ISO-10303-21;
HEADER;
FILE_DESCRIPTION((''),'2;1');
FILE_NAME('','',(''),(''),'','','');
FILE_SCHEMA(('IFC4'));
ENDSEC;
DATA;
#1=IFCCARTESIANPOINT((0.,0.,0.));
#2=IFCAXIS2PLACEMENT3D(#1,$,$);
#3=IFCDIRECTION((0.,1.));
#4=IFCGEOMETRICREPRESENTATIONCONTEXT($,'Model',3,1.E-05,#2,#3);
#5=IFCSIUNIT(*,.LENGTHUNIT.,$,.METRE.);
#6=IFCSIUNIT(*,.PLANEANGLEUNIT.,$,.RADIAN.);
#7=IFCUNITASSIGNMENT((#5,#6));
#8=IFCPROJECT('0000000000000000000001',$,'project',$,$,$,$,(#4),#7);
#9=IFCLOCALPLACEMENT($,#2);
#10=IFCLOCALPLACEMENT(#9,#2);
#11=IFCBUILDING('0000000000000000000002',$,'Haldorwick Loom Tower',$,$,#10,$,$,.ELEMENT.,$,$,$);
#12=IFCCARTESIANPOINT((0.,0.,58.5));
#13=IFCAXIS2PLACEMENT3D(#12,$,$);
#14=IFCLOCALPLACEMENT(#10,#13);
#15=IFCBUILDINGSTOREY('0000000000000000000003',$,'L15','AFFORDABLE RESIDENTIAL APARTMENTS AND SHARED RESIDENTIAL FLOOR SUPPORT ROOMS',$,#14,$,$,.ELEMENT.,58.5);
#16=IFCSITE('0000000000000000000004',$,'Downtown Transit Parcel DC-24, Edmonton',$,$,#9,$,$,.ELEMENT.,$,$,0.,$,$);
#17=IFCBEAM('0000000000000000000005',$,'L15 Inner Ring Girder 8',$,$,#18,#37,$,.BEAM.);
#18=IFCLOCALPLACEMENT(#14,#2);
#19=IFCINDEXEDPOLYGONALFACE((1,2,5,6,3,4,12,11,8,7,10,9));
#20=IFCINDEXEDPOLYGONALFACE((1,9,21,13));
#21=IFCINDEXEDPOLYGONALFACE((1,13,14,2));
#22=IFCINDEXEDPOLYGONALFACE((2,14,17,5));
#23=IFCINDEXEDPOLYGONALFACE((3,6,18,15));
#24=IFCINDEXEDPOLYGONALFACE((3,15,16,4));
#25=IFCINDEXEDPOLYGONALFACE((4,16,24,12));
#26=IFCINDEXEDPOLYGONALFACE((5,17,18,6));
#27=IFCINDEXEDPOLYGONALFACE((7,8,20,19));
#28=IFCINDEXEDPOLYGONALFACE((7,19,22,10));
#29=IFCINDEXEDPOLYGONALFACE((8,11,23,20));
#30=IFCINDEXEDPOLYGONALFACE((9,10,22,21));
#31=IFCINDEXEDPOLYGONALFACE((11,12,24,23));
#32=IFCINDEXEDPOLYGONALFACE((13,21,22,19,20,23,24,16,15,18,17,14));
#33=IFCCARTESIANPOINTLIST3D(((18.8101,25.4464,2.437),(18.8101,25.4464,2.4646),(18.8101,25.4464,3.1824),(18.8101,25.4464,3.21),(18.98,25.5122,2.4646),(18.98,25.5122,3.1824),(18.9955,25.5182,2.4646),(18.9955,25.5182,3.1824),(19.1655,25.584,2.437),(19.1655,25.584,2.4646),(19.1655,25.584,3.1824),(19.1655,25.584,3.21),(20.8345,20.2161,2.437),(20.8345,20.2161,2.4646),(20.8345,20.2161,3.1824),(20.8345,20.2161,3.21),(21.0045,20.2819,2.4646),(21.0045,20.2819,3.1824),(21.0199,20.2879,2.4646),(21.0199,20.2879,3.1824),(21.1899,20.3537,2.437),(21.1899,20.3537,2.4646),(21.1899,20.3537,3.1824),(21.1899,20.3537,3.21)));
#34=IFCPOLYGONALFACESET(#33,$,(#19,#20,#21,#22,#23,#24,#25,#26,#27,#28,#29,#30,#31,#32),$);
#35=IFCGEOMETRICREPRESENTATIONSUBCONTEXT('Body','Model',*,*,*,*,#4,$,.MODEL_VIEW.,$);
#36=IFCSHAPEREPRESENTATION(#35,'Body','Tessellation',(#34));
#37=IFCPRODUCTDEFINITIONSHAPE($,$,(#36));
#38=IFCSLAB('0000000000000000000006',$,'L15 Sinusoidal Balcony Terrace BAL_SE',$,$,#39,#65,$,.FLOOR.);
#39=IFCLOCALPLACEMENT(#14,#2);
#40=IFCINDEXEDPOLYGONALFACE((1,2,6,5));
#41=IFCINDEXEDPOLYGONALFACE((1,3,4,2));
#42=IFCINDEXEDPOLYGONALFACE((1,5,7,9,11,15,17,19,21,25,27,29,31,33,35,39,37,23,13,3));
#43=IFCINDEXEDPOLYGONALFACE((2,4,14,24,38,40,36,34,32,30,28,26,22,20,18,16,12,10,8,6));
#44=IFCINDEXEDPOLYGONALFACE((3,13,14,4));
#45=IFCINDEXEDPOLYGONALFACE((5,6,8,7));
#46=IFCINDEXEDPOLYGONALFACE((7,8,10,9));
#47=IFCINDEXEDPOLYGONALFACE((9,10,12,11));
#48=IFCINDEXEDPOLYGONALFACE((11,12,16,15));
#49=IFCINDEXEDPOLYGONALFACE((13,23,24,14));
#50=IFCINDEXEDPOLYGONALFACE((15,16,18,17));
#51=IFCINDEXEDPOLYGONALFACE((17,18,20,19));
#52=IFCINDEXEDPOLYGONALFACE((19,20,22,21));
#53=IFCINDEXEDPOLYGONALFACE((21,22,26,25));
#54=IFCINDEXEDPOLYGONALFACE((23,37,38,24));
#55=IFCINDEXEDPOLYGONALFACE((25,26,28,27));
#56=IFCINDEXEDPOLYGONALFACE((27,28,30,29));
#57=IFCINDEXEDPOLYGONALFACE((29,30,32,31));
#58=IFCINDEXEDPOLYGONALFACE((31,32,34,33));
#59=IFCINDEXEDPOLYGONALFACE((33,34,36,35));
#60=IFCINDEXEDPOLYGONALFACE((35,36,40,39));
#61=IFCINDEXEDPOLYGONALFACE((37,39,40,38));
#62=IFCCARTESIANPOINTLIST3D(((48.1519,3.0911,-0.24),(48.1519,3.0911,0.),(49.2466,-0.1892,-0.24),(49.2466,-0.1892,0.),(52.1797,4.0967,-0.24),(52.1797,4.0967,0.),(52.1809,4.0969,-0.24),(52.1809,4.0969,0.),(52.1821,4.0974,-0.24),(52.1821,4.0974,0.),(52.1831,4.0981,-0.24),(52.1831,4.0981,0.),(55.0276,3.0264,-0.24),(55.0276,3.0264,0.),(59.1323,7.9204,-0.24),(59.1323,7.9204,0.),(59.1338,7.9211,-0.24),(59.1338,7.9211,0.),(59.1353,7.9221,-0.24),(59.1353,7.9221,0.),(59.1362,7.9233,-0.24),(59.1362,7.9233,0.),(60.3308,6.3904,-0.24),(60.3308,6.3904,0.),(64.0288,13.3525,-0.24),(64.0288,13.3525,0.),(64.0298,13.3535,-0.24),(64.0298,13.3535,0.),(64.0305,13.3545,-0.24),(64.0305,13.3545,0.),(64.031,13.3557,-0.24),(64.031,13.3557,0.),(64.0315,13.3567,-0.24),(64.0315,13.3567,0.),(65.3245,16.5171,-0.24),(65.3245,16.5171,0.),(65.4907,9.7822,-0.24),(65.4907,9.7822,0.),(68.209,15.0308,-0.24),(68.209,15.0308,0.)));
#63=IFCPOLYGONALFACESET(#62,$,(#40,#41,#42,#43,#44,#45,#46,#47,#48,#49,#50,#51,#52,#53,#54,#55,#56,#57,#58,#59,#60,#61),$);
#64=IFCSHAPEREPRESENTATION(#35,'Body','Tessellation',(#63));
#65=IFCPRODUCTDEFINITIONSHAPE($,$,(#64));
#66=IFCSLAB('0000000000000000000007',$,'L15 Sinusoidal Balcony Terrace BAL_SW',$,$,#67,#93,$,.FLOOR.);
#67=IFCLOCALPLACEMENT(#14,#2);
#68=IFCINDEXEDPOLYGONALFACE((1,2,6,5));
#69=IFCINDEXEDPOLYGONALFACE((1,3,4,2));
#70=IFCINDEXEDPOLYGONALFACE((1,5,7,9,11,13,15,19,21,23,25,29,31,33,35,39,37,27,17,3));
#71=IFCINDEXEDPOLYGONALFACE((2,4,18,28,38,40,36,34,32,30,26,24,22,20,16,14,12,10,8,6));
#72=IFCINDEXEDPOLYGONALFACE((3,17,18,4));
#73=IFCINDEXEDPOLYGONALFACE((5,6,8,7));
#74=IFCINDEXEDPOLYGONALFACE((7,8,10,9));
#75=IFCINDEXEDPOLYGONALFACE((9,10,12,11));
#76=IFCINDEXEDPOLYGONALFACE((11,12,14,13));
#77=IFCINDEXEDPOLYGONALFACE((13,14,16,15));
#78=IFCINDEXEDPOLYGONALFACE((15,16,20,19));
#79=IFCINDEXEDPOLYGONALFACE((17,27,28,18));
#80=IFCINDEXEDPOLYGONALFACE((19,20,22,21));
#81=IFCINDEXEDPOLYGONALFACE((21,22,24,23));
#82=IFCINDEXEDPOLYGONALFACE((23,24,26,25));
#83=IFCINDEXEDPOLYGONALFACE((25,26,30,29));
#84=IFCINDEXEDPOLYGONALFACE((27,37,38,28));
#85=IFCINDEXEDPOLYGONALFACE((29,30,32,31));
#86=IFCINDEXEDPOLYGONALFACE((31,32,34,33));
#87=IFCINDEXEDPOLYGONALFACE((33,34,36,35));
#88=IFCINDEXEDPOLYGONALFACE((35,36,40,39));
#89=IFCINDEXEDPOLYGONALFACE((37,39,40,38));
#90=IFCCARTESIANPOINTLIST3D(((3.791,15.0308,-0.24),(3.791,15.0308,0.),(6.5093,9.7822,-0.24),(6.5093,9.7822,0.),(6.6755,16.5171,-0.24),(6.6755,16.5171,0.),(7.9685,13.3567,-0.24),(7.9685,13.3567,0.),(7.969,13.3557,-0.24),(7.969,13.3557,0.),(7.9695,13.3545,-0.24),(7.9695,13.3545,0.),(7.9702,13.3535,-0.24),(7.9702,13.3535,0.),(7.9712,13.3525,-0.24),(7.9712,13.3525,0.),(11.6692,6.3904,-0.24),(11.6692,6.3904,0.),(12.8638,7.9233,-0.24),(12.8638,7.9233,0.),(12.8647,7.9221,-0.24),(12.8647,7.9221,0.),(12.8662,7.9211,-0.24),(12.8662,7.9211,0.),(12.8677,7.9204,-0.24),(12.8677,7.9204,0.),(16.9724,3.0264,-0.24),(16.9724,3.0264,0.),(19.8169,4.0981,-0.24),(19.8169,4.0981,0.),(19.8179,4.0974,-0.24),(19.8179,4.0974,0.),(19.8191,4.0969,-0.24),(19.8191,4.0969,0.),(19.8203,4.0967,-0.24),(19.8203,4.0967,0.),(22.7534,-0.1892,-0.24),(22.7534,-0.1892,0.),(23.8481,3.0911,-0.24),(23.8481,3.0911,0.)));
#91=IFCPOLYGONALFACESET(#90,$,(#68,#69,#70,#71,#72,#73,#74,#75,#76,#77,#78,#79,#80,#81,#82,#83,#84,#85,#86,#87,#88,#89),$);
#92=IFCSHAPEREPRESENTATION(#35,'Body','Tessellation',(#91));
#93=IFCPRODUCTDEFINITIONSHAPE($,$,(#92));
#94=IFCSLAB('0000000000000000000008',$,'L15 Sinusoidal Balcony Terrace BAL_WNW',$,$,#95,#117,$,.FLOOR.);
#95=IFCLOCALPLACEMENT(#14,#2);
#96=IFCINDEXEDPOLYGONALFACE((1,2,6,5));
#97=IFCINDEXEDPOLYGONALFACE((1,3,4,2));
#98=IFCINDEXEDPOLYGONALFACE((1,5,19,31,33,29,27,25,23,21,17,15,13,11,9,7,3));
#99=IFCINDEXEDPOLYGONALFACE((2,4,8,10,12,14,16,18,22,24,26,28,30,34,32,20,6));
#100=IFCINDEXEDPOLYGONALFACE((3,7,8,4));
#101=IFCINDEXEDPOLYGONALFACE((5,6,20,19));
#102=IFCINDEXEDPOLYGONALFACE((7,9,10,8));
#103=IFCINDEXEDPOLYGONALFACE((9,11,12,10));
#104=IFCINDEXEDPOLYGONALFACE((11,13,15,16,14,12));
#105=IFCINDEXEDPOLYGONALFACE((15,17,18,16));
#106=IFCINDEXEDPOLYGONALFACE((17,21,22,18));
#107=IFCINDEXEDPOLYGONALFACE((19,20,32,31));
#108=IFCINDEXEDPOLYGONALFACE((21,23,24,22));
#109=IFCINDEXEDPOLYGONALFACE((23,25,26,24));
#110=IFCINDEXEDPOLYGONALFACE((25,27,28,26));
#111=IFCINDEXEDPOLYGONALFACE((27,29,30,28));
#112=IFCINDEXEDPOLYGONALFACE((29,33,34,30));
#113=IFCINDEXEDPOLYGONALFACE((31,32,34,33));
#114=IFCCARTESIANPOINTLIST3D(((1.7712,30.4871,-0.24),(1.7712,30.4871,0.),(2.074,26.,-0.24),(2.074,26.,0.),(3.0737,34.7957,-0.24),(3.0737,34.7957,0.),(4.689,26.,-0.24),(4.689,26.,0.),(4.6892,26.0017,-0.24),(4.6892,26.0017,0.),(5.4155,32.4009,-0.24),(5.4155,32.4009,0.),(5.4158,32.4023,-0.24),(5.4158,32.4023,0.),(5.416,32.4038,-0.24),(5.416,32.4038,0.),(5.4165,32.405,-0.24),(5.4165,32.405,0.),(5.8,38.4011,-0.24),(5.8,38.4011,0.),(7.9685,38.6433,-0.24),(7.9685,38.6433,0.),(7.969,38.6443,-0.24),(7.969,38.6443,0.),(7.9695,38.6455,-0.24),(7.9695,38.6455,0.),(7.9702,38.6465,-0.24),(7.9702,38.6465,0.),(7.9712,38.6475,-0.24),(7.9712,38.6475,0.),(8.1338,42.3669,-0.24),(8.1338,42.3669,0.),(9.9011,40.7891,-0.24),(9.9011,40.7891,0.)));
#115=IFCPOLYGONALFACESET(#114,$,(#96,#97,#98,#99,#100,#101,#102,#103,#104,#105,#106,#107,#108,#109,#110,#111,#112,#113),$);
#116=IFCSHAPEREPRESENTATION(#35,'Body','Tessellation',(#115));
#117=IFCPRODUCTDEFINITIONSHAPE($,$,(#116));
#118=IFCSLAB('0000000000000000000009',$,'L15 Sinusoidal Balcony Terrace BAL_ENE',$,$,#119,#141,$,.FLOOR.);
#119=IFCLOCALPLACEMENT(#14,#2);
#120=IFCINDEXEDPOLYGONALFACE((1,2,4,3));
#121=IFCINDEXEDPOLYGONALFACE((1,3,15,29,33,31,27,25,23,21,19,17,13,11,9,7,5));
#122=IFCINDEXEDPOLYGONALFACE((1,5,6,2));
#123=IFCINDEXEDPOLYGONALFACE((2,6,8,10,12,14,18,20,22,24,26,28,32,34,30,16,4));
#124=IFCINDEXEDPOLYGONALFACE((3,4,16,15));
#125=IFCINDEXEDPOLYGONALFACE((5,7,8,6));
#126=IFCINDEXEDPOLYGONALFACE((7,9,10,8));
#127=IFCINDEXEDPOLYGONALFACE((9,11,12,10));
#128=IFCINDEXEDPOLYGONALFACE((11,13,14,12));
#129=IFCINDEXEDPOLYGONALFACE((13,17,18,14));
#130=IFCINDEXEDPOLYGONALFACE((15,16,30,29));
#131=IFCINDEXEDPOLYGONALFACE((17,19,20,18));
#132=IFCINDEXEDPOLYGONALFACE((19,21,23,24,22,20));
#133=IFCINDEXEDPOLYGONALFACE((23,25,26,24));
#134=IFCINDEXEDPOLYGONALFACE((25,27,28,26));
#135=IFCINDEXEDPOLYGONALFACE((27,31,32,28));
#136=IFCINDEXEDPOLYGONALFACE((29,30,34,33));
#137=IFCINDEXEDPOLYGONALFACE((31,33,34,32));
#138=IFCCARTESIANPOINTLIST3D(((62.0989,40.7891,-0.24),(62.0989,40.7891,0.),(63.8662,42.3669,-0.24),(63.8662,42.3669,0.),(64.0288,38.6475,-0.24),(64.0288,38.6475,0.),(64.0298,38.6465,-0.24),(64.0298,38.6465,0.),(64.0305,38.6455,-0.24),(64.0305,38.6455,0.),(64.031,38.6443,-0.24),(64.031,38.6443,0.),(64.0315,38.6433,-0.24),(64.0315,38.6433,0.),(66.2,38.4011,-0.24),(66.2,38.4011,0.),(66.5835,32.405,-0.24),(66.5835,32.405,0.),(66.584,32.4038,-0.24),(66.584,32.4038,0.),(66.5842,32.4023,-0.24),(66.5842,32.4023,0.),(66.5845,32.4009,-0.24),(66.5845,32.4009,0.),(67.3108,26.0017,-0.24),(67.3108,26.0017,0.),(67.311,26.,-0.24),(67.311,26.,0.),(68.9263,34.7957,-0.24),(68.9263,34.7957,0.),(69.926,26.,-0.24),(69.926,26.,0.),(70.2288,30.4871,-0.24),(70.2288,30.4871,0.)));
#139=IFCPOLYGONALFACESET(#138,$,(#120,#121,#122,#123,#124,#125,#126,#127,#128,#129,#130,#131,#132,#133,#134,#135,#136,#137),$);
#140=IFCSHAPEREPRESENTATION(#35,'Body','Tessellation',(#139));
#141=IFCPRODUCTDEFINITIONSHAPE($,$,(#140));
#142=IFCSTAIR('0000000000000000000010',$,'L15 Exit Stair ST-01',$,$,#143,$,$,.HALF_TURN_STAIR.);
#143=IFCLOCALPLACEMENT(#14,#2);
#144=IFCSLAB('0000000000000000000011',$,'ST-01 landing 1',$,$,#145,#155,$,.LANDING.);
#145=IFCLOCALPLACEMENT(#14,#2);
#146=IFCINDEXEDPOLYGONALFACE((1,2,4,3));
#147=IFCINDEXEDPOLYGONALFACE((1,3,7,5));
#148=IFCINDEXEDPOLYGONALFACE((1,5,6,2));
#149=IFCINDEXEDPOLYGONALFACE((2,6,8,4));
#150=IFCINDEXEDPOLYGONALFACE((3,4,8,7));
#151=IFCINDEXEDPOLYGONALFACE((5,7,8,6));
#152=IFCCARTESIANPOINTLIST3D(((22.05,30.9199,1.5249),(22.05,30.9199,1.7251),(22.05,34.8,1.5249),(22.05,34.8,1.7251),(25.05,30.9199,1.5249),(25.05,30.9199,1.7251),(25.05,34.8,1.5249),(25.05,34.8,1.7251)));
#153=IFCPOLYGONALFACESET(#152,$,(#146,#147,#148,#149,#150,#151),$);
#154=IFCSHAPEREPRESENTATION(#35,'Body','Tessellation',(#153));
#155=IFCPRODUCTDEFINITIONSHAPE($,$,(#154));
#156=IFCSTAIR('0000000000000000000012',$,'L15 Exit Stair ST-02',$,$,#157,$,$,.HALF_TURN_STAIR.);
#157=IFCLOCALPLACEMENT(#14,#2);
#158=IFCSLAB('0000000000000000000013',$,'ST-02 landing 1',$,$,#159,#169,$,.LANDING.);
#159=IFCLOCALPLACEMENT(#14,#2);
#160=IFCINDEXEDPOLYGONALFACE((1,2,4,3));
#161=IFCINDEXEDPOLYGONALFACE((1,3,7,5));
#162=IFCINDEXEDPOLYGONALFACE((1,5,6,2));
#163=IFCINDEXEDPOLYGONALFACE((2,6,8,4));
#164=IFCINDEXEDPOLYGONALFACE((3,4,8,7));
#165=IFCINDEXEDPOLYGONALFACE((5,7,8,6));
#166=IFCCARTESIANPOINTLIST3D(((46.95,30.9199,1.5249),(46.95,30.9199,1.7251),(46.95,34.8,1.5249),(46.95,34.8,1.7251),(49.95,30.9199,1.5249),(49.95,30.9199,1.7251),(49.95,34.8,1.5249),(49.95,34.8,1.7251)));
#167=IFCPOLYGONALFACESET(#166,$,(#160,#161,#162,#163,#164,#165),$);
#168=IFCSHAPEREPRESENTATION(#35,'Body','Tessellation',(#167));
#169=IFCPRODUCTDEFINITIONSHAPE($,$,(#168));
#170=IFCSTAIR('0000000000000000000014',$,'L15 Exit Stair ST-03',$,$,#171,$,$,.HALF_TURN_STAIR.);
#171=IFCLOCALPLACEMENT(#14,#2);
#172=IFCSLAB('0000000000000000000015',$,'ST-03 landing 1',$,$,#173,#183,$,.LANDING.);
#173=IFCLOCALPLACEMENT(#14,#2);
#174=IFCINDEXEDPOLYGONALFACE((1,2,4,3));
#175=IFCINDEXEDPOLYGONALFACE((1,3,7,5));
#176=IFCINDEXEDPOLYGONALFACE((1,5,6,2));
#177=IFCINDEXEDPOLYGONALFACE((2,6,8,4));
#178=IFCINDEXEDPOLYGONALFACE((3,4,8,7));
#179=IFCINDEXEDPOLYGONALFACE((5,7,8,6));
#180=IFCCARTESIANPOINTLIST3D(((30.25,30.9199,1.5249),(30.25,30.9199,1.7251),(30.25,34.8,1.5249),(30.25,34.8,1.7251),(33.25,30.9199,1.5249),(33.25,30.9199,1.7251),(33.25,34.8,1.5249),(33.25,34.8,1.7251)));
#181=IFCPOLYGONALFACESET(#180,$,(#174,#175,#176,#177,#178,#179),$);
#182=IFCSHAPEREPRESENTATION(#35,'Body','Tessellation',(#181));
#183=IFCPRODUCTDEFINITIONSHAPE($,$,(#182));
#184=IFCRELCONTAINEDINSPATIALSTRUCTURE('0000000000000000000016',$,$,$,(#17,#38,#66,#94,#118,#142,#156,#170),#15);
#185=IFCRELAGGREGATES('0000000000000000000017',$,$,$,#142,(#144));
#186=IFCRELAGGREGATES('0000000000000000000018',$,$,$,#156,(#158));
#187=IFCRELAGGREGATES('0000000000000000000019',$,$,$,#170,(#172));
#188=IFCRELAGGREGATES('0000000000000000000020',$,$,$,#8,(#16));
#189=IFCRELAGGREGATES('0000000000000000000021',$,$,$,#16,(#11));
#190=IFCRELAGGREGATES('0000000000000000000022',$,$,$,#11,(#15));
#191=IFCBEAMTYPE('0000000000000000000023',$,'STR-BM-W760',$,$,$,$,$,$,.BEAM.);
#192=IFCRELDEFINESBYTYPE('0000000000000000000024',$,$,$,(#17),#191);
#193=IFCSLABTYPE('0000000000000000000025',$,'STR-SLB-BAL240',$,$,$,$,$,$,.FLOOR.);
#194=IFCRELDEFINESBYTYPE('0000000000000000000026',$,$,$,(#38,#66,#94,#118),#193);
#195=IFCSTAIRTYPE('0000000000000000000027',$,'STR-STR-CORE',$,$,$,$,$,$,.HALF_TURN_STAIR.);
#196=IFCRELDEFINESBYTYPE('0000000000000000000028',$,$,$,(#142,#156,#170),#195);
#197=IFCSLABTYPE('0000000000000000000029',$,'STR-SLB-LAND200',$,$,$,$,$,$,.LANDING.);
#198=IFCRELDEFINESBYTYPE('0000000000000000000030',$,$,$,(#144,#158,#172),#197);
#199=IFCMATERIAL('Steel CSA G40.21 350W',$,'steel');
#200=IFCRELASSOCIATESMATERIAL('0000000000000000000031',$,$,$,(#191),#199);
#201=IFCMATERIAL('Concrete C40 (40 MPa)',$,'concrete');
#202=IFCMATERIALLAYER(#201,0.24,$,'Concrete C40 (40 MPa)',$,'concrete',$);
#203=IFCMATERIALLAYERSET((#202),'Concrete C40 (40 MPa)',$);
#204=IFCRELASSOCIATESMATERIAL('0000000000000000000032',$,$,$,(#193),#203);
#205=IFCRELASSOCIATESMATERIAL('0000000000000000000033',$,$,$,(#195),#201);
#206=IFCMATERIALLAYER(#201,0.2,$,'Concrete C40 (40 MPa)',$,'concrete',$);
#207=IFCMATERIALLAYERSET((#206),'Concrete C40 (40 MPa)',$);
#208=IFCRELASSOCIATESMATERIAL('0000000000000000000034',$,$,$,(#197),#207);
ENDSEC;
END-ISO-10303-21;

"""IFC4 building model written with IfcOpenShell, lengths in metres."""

from ifc_helpers import new_model, si_unit, direction, frame, origin, origin_2d, place, context, subcontext, project, spatial, polyline, i_section, outline, extrude, material, layer, layer_set, material_profile, profile_set, type_object, element, aggregate, save


model = new_model("IFC4")

# Units and contexts
model_context = context("Model", 3, precision=1e-05, world=origin(), true_north=direction((0.0, 1.0)))
body_context = subcontext(model_context, "Body", "Model", "MODEL_VIEW")
ifc_project = project(units=[si_unit("LENGTHUNIT", "METRE"), si_unit("PLANEANGLEUNIT", "RADIAN")], contexts=[model_context])

# Site, building, storey
site_placement = place(None, origin())
site = spatial("IfcSite", under=ifc_project, at=site_placement, Name="Downtown Transit Parcel DC-24, Edmonton", CompositionType="ELEMENT", RefElevation=0.0)
building_placement = place(site_placement, origin())
building = spatial("IfcBuilding", under=site, at=building_placement, Name="Haldorwick Loom Tower", CompositionType="ELEMENT")
storey_placement = place(building_placement, frame((0.0, 0.0, 58.5)))
storey = spatial("IfcBuildingStorey", under=building, at=storey_placement, Name="L15", Description="AFFORDABLE RESIDENTIAL APARTMENTS AND SHARED RESIDENTIAL FLOOR SUPPORT ROOMS", CompositionType="ELEMENT", Elevation=58.5)

# Beam
ifc_material_1 = material(Name="Steel CSA G40.21 350W", Category="steel")
ifc_material_profile_1 = material_profile(ifc_material_1, i_section(OverallWidth=0.3811, OverallDepth=0.7729, WebThickness=0.0166, FlangeThickness=0.0276, at=origin_2d()), Name="W760X257", Category="steel")
ifc_profile_set_1 = profile_set([ifc_material_profile_1], Name="Steel CSA G40.21 350W")
beam_type_1 = type_object("IfcBeamType", Name="STR-BM-W760", PredefinedType="BEAM", material=ifc_profile_set_1)
beam_1_placement = place(storey_placement, frame((21.0122, 20.2849, 2.8235), z_axis=(-0.360965, 0.932579, 0.0), x_axis=(-0.932579, -0.360965, 0.0)))
element("IfcBeam", 1, at=beam_1_placement, inside=storey, type_object=beam_type_1, Name="L15 Inner Ring Girder 8", PredefinedType="BEAM", context=body_context, shape_type="SweptSolid", body=[
    extrude(i_section(OverallWidth=0.3811, OverallDepth=0.7729, WebThickness=0.0166, FlangeThickness=0.0276, at=origin_2d()), origin(), (0.0, 0.0, 1.0), 5.6084),
])

# Slabs
ifc_material_2 = material(Name="Concrete C40 (40 MPa)", Category="concrete")
ifc_layer_1 = layer(ifc_material_2, 0.24, Name="Concrete C40 (40 MPa)", Category="concrete")
ifc_layer_set_1 = layer_set([ifc_layer_1], Name="Concrete C40 (40 MPa)")
slab_type_1 = type_object("IfcSlabType", Name="STR-SLB-BAL240", PredefinedType="FLOOR", material=ifc_layer_set_1)
slab_1_placement = place(storey_placement, frame((0.0, 0.0, -0.24)))
element("IfcSlab", 2, at=slab_1_placement, inside=storey, type_object=slab_type_1, Name="L15 Sinusoidal Balcony Terrace BAL_SE", PredefinedType="FLOOR", context=body_context, shape_type="SweptSolid", body=[
    extrude(outline(polyline([(65.3245, 16.5171), (64.0315, 13.3567), (64.031, 13.3557), (64.0305, 13.3545), (64.0298, 13.3535), (64.0288, 13.3525), (59.1362, 7.9233), (59.1353, 7.9221), (59.1338, 7.9211), (59.1323, 7.9204), (52.1831, 4.0981), (52.1821, 4.0974), (52.1809, 4.0969), (52.1797, 4.0967), (48.1519, 3.0911), (49.2466, -0.1892), (55.0276, 3.0264), (60.3308, 6.3904), (65.4907, 9.7822), (68.209, 15.0308), (65.3245, 16.5171)])), origin(), (0.0, 0.0, 1.0), 0.24),
])
slab_2_placement = place(storey_placement, frame((0.0, 0.0, -0.24)))
element("IfcSlab", 3, at=slab_2_placement, inside=storey, type_object=slab_type_1, Name="L15 Sinusoidal Balcony Terrace BAL_SW", PredefinedType="FLOOR", context=body_context, shape_type="SweptSolid", body=[
    extrude(outline(polyline([(23.8481, 3.0911), (19.8203, 4.0967), (19.8191, 4.0969), (19.8179, 4.0974), (19.8169, 4.0981), (12.8677, 7.9204), (12.8662, 7.9211), (12.8647, 7.9221), (12.8638, 7.9233), (7.9712, 13.3525), (7.9702, 13.3535), (7.9695, 13.3545), (7.969, 13.3557), (7.9685, 13.3567), (6.6755, 16.5171), (3.791, 15.0308), (6.5093, 9.7822), (11.6692, 6.3904), (16.9724, 3.0264), (22.7534, -0.1892), (23.8481, 3.0911)])), origin(), (0.0, 0.0, 1.0), 0.24),
])
slab_3_placement = place(storey_placement, frame((0.0, 0.0, -0.24)))
element("IfcSlab", 4, at=slab_3_placement, inside=storey, type_object=slab_type_1, Name="L15 Sinusoidal Balcony Terrace BAL_WNW", PredefinedType="FLOOR", context=body_context, shape_type="SweptSolid", body=[
    extrude(outline(polyline([(4.689, 26.0), (4.6892, 26.0017), (5.4155, 32.4009), (5.4158, 32.4023), (5.416, 32.4038), (5.4165, 32.405), (7.9685, 38.6433), (7.969, 38.6443), (7.9695, 38.6455), (7.9702, 38.6465), (7.9712, 38.6475), (9.9011, 40.7891), (8.1338, 42.3669), (5.8, 38.4011), (3.0737, 34.7957), (1.7712, 30.4871), (2.074, 26.0), (4.689, 26.0)])), origin(), (0.0, 0.0, 1.0), 0.24),
])
slab_4_placement = place(storey_placement, frame((0.0, 0.0, -0.24)))
element("IfcSlab", 5, at=slab_4_placement, inside=storey, type_object=slab_type_1, Name="L15 Sinusoidal Balcony Terrace BAL_ENE", PredefinedType="FLOOR", context=body_context, shape_type="SweptSolid", body=[
    extrude(outline(polyline([(62.0989, 40.7891), (64.0288, 38.6475), (64.0298, 38.6465), (64.0305, 38.6455), (64.031, 38.6443), (64.0315, 38.6433), (66.5835, 32.405), (66.584, 32.4038), (66.5842, 32.4023), (66.5845, 32.4009), (67.3108, 26.0017), (67.311, 26.0), (69.926, 26.0), (70.2288, 30.4871), (68.9263, 34.7957), (66.2, 38.4011), (63.8662, 42.3669), (62.0989, 40.7891)])), origin(), (0.0, 0.0, 1.0), 0.24),
])

# Stairs, slabs
stair_type = type_object("IfcStairType", Name="STR-STR-CORE", PredefinedType="HALF_TURN_STAIR", material=ifc_material_2)
stair_1_placement = place(storey_placement, origin())
stair_1 = element("IfcStair", 6, at=stair_1_placement, inside=storey, type_object=stair_type, Name="L15 Exit Stair ST-01", PredefinedType="HALF_TURN_STAIR")
ifc_layer_2 = layer(ifc_material_2, 0.2, Name="Concrete C40 (40 MPa)", Category="concrete")
ifc_layer_set_2 = layer_set([ifc_layer_2], Name="Concrete C40 (40 MPa)")
slab_type_2 = type_object("IfcSlabType", Name="STR-SLB-LAND200", PredefinedType="LANDING", material=ifc_layer_set_2)
slab_5_placement = place(storey_placement, frame((0.0, 0.0, 1.5249)))
slab_5 = element("IfcSlab", 7, at=slab_5_placement, type_object=slab_type_2, Name="ST-01 landing 1", PredefinedType="LANDING", context=body_context, shape_type="SweptSolid", body=[
    extrude(outline(polyline([(25.05, 30.9199), (25.05, 34.8), (22.05, 34.8), (22.05, 30.9199), (25.05, 30.9199)])), origin(), (0.0, 0.0, 1.0), 0.2002),
])
aggregate(stair_1, [slab_5])
stair_2_placement = place(storey_placement, origin())
stair_2 = element("IfcStair", 8, at=stair_2_placement, inside=storey, type_object=stair_type, Name="L15 Exit Stair ST-02", PredefinedType="HALF_TURN_STAIR")
slab_6_placement = place(storey_placement, frame((0.0, 0.0, 1.5249)))
slab_6 = element("IfcSlab", 9, at=slab_6_placement, type_object=slab_type_2, Name="ST-02 landing 1", PredefinedType="LANDING", context=body_context, shape_type="SweptSolid", body=[
    extrude(outline(polyline([(49.95, 30.9199), (49.95, 34.8), (46.95, 34.8), (46.95, 30.9199), (49.95, 30.9199)])), origin(), (0.0, 0.0, 1.0), 0.2002),
])
aggregate(stair_2, [slab_6])
stair_3_placement = place(storey_placement, origin())
stair_3 = element("IfcStair", 10, at=stair_3_placement, inside=storey, type_object=stair_type, Name="L15 Exit Stair ST-03", PredefinedType="HALF_TURN_STAIR")
slab_7_placement = place(storey_placement, frame((0.0, 0.0, 1.5249)))
slab_7 = element("IfcSlab", 11, at=slab_7_placement, type_object=slab_type_2, Name="ST-03 landing 1", PredefinedType="LANDING", context=body_context, shape_type="SweptSolid", body=[
    extrude(outline(polyline([(33.25, 30.9199), (33.25, 34.8), (30.25, 34.8), (30.25, 30.9199), (33.25, 30.9199)])), origin(), (0.0, 0.0, 1.0), 0.2002),
])
aggregate(stair_3, [slab_7])

save(model, "model.ifc")
